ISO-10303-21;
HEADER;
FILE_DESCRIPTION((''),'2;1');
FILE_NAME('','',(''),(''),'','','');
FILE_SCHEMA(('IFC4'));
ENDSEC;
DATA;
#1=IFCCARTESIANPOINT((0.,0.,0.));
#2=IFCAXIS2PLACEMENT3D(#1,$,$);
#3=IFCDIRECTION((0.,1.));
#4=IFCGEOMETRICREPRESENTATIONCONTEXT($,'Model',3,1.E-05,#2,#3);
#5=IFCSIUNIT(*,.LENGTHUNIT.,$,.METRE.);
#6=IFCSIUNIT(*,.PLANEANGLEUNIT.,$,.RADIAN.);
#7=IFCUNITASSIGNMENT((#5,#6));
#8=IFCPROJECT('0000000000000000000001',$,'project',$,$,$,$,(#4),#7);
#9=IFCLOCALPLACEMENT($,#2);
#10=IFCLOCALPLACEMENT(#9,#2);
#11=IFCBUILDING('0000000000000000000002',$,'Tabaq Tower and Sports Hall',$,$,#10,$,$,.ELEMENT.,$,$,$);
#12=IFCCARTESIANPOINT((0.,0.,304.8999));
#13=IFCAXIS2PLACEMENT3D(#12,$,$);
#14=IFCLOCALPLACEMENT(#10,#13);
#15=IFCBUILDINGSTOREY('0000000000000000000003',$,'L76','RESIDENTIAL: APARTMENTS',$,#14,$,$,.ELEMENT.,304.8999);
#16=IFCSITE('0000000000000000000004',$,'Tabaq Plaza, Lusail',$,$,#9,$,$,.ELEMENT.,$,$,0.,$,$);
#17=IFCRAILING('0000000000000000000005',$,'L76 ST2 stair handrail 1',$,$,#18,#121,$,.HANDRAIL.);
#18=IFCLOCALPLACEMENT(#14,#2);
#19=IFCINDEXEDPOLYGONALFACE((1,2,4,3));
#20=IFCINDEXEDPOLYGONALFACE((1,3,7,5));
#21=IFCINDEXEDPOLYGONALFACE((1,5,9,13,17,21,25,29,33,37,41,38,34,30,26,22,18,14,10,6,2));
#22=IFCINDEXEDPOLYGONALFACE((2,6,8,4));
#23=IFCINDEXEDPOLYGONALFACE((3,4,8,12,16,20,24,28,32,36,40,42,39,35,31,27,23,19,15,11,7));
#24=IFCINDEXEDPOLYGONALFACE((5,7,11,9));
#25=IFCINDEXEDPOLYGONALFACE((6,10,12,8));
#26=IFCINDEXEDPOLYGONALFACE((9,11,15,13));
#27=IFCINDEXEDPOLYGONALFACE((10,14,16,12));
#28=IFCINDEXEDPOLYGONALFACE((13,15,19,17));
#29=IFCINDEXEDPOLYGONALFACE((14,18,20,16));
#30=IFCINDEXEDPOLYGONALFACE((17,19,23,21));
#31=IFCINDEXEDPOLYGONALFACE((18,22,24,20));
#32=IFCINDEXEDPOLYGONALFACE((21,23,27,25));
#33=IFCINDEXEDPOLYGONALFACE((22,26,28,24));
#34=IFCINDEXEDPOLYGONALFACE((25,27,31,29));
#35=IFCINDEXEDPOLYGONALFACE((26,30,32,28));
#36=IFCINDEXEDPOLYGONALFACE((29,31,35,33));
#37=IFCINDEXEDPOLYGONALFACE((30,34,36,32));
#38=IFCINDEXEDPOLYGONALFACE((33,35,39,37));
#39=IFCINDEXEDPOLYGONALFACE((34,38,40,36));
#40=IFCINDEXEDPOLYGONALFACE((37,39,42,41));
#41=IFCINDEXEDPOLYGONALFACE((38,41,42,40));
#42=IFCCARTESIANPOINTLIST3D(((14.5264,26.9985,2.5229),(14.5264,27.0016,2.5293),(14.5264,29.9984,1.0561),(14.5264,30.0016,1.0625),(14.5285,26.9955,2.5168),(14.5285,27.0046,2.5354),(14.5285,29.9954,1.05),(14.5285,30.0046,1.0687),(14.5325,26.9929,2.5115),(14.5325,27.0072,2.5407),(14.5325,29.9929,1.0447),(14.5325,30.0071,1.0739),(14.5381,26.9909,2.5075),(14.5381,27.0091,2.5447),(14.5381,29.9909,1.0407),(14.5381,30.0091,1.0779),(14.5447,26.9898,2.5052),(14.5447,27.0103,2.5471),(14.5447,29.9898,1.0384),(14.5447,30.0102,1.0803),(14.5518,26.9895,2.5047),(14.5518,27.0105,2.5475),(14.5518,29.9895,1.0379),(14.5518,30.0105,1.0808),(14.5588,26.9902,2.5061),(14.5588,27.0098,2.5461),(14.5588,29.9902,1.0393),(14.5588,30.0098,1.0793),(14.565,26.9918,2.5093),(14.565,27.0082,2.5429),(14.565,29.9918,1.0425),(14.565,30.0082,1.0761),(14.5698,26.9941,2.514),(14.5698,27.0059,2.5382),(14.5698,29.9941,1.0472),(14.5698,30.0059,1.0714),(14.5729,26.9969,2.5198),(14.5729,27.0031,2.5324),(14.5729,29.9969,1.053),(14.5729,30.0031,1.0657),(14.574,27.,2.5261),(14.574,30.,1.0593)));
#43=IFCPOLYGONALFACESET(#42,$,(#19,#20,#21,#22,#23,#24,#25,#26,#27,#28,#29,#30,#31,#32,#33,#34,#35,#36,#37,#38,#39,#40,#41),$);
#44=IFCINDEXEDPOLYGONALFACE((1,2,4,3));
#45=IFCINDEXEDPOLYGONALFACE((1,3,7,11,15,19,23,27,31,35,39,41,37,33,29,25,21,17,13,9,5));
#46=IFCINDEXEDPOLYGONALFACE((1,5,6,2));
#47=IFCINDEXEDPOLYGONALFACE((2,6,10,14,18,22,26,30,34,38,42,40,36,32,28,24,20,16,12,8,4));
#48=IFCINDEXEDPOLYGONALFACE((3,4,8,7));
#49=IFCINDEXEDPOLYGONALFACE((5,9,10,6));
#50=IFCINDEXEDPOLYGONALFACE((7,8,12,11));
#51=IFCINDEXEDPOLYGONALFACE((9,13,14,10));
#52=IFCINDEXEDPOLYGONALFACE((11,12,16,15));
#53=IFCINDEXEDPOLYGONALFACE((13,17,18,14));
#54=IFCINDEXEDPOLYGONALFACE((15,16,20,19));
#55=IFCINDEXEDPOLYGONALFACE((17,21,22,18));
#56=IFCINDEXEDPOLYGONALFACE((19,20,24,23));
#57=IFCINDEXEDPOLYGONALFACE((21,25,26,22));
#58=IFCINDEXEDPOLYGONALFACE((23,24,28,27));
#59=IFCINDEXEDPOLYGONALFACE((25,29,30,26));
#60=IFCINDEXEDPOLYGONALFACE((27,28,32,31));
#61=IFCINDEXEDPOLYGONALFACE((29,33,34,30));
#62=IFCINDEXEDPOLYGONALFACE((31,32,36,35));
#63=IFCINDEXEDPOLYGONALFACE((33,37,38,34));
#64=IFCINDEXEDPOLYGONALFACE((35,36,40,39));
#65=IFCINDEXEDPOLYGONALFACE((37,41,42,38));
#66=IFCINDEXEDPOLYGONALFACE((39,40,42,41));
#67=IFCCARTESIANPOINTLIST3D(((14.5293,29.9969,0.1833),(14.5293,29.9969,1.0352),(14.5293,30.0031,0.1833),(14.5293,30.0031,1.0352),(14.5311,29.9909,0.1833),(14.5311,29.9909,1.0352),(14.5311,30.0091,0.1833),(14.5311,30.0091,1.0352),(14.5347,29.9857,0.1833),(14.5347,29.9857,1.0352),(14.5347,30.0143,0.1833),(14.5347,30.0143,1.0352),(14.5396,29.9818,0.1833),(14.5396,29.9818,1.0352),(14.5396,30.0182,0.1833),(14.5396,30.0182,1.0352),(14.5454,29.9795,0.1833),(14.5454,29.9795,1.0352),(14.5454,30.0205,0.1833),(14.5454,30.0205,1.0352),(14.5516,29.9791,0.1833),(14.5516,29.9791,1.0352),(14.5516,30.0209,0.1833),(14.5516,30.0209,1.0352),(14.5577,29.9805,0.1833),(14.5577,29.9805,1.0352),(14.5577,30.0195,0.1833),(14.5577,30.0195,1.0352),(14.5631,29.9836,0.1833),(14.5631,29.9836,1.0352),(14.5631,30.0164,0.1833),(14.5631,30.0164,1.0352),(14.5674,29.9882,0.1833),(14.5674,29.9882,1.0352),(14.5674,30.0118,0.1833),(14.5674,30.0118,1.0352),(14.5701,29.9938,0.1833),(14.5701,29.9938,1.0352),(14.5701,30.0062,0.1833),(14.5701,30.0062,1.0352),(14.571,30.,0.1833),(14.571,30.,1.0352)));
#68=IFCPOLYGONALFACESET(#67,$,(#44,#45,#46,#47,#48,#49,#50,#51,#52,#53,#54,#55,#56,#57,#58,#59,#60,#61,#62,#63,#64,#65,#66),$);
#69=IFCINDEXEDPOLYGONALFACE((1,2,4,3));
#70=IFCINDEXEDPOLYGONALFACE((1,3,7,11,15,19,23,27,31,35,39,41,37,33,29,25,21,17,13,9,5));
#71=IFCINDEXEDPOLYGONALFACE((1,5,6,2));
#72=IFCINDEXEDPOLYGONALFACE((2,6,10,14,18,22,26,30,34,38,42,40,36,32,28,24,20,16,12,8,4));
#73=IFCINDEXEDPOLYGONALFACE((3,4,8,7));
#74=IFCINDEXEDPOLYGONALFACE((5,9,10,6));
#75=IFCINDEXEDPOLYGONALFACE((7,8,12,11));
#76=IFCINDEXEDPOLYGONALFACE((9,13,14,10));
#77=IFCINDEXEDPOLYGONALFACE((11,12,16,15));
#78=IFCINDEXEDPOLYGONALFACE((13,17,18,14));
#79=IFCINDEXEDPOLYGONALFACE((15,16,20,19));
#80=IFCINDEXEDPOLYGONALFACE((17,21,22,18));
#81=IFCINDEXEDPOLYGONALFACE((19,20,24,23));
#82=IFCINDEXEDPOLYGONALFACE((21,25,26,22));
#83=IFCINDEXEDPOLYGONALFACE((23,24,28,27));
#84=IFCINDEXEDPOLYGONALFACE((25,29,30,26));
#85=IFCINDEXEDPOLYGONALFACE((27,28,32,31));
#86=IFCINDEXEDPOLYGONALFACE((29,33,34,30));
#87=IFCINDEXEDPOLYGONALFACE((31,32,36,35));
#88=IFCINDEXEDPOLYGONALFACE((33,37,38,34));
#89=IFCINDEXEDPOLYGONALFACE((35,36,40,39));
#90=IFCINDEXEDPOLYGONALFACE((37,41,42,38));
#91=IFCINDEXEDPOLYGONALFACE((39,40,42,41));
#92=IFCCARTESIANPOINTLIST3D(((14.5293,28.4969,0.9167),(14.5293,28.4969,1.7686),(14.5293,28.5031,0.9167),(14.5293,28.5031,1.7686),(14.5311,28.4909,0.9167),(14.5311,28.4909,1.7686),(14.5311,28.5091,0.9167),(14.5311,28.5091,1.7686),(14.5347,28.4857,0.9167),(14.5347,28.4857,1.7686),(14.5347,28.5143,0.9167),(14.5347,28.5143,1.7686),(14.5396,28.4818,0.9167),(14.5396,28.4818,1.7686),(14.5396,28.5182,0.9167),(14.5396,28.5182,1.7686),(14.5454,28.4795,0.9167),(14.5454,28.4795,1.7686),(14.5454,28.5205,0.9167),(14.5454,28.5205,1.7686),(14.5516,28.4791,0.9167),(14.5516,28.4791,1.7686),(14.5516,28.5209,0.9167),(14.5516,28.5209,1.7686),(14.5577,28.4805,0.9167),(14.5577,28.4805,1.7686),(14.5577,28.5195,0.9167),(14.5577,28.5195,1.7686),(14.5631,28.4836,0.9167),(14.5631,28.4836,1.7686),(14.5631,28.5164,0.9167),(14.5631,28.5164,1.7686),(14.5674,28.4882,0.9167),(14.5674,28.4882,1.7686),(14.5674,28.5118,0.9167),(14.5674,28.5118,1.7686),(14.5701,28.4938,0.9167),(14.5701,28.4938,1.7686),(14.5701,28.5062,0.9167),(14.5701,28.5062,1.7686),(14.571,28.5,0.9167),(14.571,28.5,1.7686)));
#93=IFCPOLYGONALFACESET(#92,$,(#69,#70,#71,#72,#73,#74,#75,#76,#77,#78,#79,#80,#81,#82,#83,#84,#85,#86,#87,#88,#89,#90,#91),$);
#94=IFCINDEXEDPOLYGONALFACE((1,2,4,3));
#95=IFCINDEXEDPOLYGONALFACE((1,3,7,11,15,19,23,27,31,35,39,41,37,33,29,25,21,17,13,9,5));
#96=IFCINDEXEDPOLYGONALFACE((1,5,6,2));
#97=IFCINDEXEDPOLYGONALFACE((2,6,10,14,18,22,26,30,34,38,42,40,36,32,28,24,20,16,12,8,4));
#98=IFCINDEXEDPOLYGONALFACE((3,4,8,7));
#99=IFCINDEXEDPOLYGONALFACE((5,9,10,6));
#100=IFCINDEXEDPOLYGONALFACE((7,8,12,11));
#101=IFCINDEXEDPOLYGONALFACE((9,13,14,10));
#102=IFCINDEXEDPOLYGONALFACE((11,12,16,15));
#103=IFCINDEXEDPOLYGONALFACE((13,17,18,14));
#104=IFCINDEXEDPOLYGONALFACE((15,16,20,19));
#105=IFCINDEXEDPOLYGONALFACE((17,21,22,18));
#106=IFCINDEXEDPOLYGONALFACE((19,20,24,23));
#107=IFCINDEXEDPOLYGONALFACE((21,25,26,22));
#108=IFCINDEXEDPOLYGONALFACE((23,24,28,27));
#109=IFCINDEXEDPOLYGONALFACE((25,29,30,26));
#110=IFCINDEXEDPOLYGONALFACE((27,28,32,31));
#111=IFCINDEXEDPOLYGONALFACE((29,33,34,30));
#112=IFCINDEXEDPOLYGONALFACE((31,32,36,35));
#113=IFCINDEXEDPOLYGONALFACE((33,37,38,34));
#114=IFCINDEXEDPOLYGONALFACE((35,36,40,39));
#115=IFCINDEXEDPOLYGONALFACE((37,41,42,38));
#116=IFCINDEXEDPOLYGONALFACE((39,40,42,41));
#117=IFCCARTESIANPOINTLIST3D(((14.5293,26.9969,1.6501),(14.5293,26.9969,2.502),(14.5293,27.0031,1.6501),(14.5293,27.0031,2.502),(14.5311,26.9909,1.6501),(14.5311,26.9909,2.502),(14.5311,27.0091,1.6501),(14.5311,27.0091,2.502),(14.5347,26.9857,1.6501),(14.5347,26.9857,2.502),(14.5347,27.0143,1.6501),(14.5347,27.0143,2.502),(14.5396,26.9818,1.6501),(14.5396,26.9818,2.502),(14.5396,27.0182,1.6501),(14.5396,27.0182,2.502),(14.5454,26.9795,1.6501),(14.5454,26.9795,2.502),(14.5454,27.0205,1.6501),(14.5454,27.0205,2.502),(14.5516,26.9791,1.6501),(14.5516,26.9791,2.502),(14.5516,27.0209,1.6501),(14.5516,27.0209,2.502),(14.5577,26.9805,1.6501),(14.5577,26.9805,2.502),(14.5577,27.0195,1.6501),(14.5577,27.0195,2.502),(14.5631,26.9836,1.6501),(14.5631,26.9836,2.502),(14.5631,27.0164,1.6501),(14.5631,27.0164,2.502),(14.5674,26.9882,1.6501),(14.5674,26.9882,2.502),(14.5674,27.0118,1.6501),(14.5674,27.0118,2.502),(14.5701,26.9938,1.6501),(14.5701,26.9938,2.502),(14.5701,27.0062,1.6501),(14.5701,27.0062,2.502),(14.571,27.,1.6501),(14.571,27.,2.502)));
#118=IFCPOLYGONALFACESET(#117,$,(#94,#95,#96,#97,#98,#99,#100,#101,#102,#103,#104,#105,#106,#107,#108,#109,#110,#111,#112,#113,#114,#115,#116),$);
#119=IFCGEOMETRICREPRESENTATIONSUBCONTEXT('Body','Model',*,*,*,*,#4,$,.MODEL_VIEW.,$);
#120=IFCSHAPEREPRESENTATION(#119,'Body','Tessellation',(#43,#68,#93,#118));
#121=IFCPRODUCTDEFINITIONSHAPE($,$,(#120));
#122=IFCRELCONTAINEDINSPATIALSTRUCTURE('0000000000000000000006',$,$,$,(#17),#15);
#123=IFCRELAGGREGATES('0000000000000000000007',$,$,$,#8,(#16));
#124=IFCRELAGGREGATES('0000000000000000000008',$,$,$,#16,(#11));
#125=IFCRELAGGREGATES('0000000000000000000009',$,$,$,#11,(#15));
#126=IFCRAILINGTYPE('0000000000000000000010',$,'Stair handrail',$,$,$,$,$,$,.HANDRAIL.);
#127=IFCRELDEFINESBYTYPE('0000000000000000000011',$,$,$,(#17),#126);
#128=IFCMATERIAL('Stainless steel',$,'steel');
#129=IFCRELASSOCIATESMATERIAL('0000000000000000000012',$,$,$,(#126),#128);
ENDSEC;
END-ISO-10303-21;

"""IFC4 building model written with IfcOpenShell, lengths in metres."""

from ifc_helpers import new_model, si_unit, direction, frame, origin, origin_2d, place, context, subcontext, project, spatial, circle, extrude, material, type_object, element, save


model = new_model("IFC4")

# Units and contexts
model_context = context("Model", 3, precision=1e-05, world=origin(), true_north=direction((0.0, 1.0)))
body_context = subcontext(model_context, "Body", "Model", "MODEL_VIEW")
ifc_project = project(units=[si_unit("LENGTHUNIT", "METRE"), si_unit("PLANEANGLEUNIT", "RADIAN")], contexts=[model_context])

# Site, building, storey
site_placement = place(None, origin())
site = spatial("IfcSite", under=ifc_project, at=site_placement, Name="Tabaq Plaza, Lusail", CompositionType="ELEMENT", RefElevation=0.0)
building_placement = place(site_placement, origin())
building = spatial("IfcBuilding", under=site, at=building_placement, Name="Tabaq Tower and Sports Hall", CompositionType="ELEMENT")
storey_placement = place(building_placement, frame((0.0, 0.0, 304.8999)))
storey = spatial("IfcBuildingStorey", under=building, at=storey_placement, Name="L76", Description="RESIDENTIAL: APARTMENTS", CompositionType="ELEMENT", Elevation=304.8999)

# Railing
ifc_material_1 = material(Name="Stainless steel", Category="steel")
railing_type_1 = type_object("IfcRailingType", Name="Stair handrail", PredefinedType="HANDRAIL", material=ifc_material_1)
for number, where, name in (
    (1, (14.55, 30.0, 0.1833), "L76 ST2 stair handrail 1"),
):
    element("IfcRailing", number, at=place(storey_placement, frame(where)), inside=storey, type_object=railing_type_1, Name=name, PredefinedType="HANDRAIL", context=body_context, shape_type="SweptSolid", body=[
        extrude(circle(Radius=0.0239, at=origin_2d()), frame((0.0, 0.0, 0.876), z_axis=(0.0, -0.898369, 0.439242), x_axis=(1.0, 0.0, 0.0)), (0.0, 0.0, 1.0), 3.3394),
        extrude(circle(Radius=0.021, at=origin_2d()), origin(), (0.0, 0.0, 1.0), 0.8518),
        extrude(circle(Radius=0.021, at=origin_2d()), frame((0.0, -1.5, 0.7334)), (0.0, 0.0, 1.0), 0.8518),
        extrude(circle(Radius=0.021, at=origin_2d()), frame((0.0, -3.0, 1.4668)), (0.0, 0.0, 1.0), 0.8518),
    ])

save(model, "model.ifc")
